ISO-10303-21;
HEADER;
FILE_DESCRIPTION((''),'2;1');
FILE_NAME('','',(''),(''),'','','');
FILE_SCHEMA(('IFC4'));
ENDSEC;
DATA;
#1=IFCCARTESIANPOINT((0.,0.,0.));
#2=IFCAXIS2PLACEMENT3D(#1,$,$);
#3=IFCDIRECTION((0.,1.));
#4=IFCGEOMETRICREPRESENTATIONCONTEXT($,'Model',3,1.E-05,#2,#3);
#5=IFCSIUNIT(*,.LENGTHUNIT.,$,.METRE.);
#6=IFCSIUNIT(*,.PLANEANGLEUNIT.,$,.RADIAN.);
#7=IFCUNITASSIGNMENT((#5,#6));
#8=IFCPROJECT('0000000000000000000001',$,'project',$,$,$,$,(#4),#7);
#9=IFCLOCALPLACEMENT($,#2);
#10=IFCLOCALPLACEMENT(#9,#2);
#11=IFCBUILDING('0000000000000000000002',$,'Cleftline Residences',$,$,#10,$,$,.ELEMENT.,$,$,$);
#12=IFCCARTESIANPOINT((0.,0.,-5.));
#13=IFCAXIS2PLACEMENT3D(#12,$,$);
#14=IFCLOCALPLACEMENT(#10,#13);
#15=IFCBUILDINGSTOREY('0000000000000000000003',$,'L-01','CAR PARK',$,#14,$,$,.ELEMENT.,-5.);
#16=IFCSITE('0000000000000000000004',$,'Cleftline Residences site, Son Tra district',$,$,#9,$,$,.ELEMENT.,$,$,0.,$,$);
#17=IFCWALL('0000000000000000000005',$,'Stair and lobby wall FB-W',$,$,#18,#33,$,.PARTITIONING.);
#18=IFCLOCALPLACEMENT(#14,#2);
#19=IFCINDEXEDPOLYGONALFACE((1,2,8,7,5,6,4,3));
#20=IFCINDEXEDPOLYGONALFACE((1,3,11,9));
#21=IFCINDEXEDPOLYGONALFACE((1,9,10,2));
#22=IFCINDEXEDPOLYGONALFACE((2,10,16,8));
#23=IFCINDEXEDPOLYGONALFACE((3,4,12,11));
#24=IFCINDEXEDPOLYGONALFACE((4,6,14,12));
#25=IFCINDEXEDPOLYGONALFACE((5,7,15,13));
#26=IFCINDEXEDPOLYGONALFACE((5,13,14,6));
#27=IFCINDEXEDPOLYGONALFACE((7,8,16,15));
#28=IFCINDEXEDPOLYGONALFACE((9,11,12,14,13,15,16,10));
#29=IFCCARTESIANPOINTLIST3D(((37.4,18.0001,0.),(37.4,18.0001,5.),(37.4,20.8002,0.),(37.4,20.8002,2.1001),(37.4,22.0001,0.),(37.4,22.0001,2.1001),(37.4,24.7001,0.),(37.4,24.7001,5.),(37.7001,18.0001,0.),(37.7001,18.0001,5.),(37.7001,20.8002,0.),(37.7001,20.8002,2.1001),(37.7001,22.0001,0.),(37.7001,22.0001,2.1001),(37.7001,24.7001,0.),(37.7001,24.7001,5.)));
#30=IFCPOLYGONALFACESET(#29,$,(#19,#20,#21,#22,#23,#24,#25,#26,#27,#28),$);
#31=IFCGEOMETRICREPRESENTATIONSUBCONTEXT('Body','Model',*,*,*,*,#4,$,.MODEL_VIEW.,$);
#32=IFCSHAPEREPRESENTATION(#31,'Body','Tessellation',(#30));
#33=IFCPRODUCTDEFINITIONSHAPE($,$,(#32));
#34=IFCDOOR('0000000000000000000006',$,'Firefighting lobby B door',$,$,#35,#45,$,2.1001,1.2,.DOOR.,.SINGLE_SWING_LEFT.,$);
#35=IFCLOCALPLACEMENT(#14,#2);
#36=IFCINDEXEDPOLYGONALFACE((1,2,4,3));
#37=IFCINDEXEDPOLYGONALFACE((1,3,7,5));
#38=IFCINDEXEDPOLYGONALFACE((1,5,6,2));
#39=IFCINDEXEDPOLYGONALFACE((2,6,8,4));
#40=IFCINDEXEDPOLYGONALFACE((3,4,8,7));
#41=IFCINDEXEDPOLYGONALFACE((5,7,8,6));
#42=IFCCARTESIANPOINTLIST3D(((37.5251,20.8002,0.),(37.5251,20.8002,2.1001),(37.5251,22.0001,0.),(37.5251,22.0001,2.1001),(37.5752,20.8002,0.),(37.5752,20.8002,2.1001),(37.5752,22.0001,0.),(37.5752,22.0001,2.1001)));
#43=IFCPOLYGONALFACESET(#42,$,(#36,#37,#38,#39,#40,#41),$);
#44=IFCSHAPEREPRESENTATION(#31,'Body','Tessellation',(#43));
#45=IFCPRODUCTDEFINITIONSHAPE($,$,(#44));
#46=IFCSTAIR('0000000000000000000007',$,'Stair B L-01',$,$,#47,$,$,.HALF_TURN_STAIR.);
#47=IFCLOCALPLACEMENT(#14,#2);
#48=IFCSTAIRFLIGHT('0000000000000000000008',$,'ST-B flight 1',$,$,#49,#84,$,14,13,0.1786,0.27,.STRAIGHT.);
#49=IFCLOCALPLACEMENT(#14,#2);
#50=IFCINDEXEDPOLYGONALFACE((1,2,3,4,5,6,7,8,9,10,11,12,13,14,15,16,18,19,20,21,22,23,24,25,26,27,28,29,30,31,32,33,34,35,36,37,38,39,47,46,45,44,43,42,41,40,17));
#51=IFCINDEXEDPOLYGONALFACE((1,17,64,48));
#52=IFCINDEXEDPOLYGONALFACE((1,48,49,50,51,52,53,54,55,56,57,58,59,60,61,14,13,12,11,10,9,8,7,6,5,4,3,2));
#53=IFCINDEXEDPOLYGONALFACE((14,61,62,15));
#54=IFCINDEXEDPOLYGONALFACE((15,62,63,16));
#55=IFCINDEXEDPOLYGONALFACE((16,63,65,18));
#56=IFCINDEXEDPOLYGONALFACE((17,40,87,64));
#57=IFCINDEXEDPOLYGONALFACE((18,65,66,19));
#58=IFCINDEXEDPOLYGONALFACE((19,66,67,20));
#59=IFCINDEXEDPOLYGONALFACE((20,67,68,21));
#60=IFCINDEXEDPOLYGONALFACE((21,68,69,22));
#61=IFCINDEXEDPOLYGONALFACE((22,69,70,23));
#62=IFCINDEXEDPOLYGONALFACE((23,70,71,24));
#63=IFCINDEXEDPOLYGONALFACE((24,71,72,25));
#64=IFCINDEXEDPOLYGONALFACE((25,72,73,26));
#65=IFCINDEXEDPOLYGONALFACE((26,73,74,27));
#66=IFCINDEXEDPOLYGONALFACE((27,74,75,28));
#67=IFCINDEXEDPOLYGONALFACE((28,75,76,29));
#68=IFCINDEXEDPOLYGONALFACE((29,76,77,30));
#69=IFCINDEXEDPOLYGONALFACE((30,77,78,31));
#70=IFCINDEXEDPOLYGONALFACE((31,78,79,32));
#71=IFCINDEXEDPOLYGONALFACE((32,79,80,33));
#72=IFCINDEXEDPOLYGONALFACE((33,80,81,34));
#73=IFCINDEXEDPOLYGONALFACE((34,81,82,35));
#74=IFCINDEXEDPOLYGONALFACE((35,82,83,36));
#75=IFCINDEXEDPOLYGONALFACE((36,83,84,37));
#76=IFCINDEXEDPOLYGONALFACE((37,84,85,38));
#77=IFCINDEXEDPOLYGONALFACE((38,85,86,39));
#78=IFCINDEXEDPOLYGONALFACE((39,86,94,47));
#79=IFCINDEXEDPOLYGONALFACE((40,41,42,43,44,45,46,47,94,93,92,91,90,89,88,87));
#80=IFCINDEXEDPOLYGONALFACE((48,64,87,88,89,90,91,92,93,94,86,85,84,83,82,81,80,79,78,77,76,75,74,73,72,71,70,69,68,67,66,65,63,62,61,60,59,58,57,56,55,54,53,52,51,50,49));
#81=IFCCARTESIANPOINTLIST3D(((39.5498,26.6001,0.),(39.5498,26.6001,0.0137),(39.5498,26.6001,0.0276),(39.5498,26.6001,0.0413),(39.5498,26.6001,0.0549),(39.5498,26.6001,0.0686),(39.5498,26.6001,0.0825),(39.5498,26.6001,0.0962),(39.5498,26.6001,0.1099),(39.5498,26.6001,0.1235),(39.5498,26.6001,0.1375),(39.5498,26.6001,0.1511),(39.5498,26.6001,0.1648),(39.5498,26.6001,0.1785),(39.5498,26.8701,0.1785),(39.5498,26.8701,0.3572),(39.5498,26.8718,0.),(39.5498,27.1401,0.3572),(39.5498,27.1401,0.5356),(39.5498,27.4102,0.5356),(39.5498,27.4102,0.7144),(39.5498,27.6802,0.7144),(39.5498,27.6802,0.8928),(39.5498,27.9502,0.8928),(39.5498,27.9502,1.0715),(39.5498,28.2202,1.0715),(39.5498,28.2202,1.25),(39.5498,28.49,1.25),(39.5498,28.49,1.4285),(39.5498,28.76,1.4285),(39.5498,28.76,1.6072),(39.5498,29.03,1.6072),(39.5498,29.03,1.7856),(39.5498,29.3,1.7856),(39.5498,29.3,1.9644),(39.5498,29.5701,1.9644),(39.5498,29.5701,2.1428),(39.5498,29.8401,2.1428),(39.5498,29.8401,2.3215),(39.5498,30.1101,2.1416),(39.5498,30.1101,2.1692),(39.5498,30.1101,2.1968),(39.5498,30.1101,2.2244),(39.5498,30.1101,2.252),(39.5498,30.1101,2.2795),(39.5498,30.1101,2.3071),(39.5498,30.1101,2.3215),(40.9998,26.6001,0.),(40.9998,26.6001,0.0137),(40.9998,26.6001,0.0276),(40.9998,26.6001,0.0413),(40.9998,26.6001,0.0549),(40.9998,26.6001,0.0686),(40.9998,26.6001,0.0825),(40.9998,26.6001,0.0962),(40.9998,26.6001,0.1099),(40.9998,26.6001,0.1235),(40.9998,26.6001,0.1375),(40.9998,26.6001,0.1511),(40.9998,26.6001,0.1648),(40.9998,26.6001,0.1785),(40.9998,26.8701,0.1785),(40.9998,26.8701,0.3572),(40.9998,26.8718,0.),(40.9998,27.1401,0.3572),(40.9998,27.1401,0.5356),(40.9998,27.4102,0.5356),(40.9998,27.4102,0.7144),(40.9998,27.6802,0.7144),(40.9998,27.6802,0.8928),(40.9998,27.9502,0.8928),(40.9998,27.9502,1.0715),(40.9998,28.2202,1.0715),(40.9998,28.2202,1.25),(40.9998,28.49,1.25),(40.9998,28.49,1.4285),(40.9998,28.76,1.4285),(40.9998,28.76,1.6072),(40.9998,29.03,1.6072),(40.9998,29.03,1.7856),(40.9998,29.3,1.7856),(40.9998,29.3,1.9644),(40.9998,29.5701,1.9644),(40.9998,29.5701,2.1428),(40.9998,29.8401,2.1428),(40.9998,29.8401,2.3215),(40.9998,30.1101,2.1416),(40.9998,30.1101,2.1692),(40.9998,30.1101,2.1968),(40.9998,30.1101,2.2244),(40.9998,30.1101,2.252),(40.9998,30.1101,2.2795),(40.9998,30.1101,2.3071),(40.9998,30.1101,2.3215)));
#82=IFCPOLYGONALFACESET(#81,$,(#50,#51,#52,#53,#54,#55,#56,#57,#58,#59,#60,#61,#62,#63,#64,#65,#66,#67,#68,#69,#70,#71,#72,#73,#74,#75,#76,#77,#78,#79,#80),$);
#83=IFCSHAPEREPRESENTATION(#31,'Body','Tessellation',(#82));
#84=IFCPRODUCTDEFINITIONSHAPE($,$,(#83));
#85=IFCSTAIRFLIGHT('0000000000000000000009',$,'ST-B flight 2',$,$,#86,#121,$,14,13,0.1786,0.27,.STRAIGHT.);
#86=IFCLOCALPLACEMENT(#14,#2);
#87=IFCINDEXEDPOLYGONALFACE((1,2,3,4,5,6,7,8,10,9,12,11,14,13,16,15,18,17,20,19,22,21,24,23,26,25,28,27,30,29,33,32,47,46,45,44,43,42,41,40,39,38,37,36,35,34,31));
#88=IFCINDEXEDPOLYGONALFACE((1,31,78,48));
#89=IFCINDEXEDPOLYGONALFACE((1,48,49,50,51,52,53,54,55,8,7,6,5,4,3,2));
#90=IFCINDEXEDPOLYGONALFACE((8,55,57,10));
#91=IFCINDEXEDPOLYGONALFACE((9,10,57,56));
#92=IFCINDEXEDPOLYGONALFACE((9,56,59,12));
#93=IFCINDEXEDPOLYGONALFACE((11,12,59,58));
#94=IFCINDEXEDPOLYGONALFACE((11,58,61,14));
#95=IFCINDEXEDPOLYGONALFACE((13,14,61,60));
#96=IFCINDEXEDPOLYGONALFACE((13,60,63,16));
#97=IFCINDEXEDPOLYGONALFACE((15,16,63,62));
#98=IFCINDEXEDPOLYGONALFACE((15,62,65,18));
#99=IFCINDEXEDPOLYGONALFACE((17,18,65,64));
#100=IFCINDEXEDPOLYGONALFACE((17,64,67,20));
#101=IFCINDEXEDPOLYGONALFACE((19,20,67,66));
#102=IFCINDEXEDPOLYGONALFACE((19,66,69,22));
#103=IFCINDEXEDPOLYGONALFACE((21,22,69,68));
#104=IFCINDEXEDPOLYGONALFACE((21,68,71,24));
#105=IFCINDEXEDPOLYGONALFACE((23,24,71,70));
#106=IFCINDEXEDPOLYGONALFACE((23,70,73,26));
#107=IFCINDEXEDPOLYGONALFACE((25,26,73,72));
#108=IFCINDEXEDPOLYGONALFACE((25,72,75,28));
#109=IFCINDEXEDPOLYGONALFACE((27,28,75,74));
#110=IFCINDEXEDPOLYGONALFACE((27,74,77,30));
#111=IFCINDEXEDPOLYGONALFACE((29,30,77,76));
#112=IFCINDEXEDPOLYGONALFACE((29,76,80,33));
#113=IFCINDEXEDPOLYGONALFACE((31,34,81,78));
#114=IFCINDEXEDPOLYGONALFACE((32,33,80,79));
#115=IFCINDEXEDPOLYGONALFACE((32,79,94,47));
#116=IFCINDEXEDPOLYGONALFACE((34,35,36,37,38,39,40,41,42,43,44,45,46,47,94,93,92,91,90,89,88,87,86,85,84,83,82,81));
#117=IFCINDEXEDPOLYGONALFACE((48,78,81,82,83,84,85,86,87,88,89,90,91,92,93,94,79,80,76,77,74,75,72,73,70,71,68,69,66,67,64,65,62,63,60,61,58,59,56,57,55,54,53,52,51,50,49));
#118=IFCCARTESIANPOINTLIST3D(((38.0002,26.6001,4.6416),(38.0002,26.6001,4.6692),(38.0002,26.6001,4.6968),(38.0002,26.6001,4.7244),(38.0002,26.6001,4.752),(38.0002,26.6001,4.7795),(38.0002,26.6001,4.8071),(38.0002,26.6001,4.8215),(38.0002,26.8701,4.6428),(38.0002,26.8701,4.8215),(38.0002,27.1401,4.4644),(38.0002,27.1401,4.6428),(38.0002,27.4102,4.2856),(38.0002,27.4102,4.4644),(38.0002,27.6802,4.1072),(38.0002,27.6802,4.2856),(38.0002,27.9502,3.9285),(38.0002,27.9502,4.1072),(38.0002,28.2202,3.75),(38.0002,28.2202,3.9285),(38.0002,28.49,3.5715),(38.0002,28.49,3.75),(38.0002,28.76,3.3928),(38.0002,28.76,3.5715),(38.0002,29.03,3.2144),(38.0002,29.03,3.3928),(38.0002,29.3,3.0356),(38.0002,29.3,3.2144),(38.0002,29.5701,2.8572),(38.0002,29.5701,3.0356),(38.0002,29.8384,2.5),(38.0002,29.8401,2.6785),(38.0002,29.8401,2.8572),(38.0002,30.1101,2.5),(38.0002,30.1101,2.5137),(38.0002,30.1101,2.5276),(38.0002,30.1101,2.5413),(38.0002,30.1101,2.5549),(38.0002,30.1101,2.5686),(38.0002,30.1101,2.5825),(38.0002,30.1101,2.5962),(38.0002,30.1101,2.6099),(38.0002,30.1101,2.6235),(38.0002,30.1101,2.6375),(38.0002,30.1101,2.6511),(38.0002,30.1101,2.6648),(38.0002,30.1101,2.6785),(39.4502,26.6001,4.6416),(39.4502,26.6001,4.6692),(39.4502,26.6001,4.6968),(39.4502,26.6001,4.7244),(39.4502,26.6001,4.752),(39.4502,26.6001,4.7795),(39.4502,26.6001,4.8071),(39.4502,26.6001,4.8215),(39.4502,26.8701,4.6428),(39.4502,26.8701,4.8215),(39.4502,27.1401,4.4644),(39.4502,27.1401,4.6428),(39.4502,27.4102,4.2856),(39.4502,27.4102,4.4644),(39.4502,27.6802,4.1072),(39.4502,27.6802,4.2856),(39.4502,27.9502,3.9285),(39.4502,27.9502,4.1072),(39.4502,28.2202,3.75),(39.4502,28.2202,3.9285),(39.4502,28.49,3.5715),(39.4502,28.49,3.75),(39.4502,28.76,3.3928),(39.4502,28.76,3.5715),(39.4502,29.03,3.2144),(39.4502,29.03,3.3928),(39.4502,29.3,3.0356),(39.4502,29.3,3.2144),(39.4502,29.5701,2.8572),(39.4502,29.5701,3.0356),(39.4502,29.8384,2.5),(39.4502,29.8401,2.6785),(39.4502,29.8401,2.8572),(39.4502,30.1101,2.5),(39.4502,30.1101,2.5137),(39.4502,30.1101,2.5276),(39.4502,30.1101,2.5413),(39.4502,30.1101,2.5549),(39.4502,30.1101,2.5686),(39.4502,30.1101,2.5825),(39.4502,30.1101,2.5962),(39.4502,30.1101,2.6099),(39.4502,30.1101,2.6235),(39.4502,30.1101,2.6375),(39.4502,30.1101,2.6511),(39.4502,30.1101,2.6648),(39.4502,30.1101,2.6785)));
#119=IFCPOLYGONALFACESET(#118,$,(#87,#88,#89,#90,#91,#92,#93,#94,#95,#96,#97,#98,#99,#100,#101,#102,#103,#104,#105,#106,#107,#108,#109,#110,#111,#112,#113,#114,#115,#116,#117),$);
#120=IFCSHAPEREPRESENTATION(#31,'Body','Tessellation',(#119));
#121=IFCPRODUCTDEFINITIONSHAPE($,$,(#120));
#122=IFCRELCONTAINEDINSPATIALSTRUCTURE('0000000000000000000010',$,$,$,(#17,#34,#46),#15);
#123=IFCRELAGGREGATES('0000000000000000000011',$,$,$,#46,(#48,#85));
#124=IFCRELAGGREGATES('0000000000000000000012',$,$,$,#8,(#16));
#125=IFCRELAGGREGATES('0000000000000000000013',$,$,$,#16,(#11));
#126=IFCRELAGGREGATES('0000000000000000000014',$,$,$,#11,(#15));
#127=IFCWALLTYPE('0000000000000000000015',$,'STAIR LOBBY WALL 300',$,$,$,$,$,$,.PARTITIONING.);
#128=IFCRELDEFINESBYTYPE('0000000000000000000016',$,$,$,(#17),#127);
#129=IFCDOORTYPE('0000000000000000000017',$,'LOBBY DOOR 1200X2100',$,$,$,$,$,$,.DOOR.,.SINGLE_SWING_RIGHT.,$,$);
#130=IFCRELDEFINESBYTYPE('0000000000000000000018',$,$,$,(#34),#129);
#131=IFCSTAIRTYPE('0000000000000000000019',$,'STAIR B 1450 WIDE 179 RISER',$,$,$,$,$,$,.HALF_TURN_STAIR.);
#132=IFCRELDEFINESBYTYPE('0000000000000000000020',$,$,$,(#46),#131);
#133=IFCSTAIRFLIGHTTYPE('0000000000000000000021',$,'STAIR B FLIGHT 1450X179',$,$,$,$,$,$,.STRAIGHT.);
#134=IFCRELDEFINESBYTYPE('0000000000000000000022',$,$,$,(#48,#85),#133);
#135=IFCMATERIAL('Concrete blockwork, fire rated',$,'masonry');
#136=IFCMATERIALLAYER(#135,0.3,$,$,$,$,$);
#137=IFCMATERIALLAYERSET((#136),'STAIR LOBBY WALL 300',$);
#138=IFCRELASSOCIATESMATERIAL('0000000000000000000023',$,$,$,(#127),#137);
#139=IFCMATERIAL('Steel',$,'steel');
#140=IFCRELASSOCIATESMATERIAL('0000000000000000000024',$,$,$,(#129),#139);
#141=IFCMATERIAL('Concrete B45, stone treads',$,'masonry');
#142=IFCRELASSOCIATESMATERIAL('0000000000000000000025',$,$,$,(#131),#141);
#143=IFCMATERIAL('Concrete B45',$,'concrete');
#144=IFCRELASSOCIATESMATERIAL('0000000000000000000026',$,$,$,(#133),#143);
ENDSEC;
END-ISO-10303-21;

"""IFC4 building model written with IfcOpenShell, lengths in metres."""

from ifc_helpers import new_model, si_unit, direction, frame, frame_2d, origin, place, context, subcontext, project, spatial, polyline, rectangle, outline, extrude, material, layer, layer_set, type_object, element, fill, aggregate, save


model = new_model("IFC4")

# Units and contexts
model_context = context("Model", 3, precision=1e-05, world=origin(), true_north=direction((0.0, 1.0)))
body_context = subcontext(model_context, "Body", "Model", "MODEL_VIEW")
ifc_project = project(units=[si_unit("LENGTHUNIT", "METRE"), si_unit("PLANEANGLEUNIT", "RADIAN")], contexts=[model_context])

# Site, building, storey
site_placement = place(None, origin())
site = spatial("IfcSite", under=ifc_project, at=site_placement, Name="Cleftline Residences site, Son Tra district", CompositionType="ELEMENT", RefElevation=0.0)
building_placement = place(site_placement, origin())
building = spatial("IfcBuilding", under=site, at=building_placement, Name="Cleftline Residences", CompositionType="ELEMENT")
storey_placement = place(building_placement, frame((0.0, 0.0, -5.0)))
storey = spatial("IfcBuildingStorey", under=building, at=storey_placement, Name="L-01", Description="CAR PARK", CompositionType="ELEMENT", Elevation=-5.0)

# Wall, opening, door
ifc_material_1 = material(Name="Concrete blockwork, fire rated", Category="masonry")
ifc_layer_1 = layer(ifc_material_1, 0.3)
ifc_layer_set_1 = layer_set([ifc_layer_1], Name="STAIR LOBBY WALL 300")
wall_type_1 = type_object("IfcWallType", Name="STAIR LOBBY WALL 300", PredefinedType="PARTITIONING", material=ifc_layer_set_1)
wall_1_placement = place(storey_placement, frame((37.55, 18.0, 0.0), z_axis=(0.0, 0.0, 1.0), x_axis=(0.0, 1.0, 0.0)))
wall_1 = element("IfcWall", 1, at=wall_1_placement, inside=storey, type_object=wall_type_1, Name="Stair and lobby wall FB-W", PredefinedType="PARTITIONING", context=body_context, shape_type="SweptSolid", body=[
    extrude(rectangle(XDim=6.7, YDim=0.3, at=frame_2d((3.3501, 0.0))), origin(), (0.0, 0.0, 1.0), 5.0),
])
opening_1_placement = place(wall_1_placement, frame((2.8, 0.0, 0.0)))
opening_1 = element("IfcOpeningElement", 2, at=opening_1_placement, cuts=wall_1, PredefinedType="OPENING", context=body_context, shape_type="SweptSolid", body=[
    extrude(rectangle(XDim=1.2, YDim=2.1001, at=frame_2d((0.6001, 1.05))), frame((0.0, 0.1599, 0.0), z_axis=(0.0, -1.0, 0.0), x_axis=(1.0, 0.0, 0.0)), (0.0, 0.0, 1.0), 0.3201),
])
ifc_material_2 = material(Name="Steel", Category="steel")
door_type_1 = type_object("IfcDoorType", Name="LOBBY DOOR 1200X2100", OperationType="SINGLE_SWING_RIGHT", PredefinedType="DOOR", material=ifc_material_2)
door_1_placement = place(opening_1_placement, origin())
door_1 = element("IfcDoor", 3, at=door_1_placement, inside=storey, type_object=door_type_1, Name="Firefighting lobby B door", OperationType="SINGLE_SWING_LEFT", OverallHeight=2.1001, OverallWidth=1.2, PredefinedType="DOOR", context=body_context, shape_type="SweptSolid", body=[
    extrude(rectangle(XDim=1.2, YDim=2.1001, at=frame_2d((0.6001, 1.05))), frame((0.0, 0.0249, 0.0), z_axis=(0.0, -1.0, 0.0), x_axis=(1.0, 0.0, 0.0)), (0.0, 0.0, 1.0), 0.05),
])
fill(opening_1, door_1)

# Stair, stair flights
ifc_material_3 = material(Name="Concrete B45, stone treads", Category="masonry")
stair_type = type_object("IfcStairType", Name="STAIR B 1450 WIDE 179 RISER", PredefinedType="HALF_TURN_STAIR", material=ifc_material_3)
stair_placement = place(storey_placement, origin())
stair = element("IfcStair", 4, at=stair_placement, inside=storey, type_object=stair_type, Name="Stair B L-01", PredefinedType="HALF_TURN_STAIR")
ifc_material_4 = material(Name="Concrete B45", Category="concrete")
stair_flight_type = type_object("IfcStairFlightType", Name="STAIR B FLIGHT 1450X179", PredefinedType="STRAIGHT", material=ifc_material_4)
stair_flight_1_placement = place(storey_placement, frame((40.2749, 26.6001, 0.0), z_axis=(0.0, 0.0, 1.0), x_axis=(0.0, 1.0, 0.0)))
stair_flight_1 = element("IfcStairFlight", 5, at=stair_flight_1_placement, type_object=stair_flight_type, Name="ST-B flight 1", NumberOfRisers=14, NumberOfTreads=13, PredefinedType="STRAIGHT", RiserHeight=0.1786, TreadLength=0.27, context=body_context, shape_type="SweptSolid", body=[
    extrude(outline(polyline([(0.0, 0.0), (0.0, 0.0137), (0.0, 0.0276), (0.0, 0.0413), (0.0, 0.0549), (0.0, 0.0686), (0.0, 0.0825), (0.0, 0.0962), (0.0, 0.1099), (0.0, 0.1235), (0.0, 0.1375), (0.0, 0.1511), (0.0, 0.1648), (0.0, 0.1785), (0.27, 0.1785), (0.27, 0.3572), (0.54, 0.3572), (0.54, 0.5356), (0.8101, 0.5356), (0.8101, 0.7144), (1.0801, 0.7144), (1.0801, 0.8928), (1.3501, 0.8928), (1.3501, 1.0715), (1.6201, 1.0715), (1.6201, 1.25), (1.8899, 1.25), (1.8899, 1.4285), (2.1599, 1.4285), (2.1599, 1.6072), (2.4299, 1.6072), (2.4299, 1.7856), (2.7, 1.7856), (2.7, 1.9644), (2.97, 1.9644), (2.97, 2.1428), (3.24, 2.1428), (3.24, 2.3215), (3.51, 2.3215), (3.51, 2.5), (3.51, 2.4724), (3.51, 2.4448), (3.51, 2.4172), (3.51, 2.3896), (3.51, 2.3623), (3.51, 2.3347), (3.51, 2.3071), (3.51, 2.2795), (3.51, 2.252), (3.51, 2.2244), (3.51, 2.1968), (3.51, 2.1692), (3.51, 2.1416), (0.2717, 0.0), (0.0, 0.0)])), frame((0.0, 0.7251, 0.0), z_axis=(0.0, -1.0, 0.0), x_axis=(1.0, 0.0, 0.0)), (0.0, 0.0, 1.0), 1.45),
])
stair_flight_2_placement = place(storey_placement, frame((38.7251, 30.1101, 2.5), z_axis=(0.0, 0.0, 1.0), x_axis=(0.0, -1.0, 0.0)))
stair_flight_2 = element("IfcStairFlight", 6, at=stair_flight_2_placement, type_object=stair_flight_type, Name="ST-B flight 2", NumberOfRisers=14, NumberOfTreads=13, PredefinedType="STRAIGHT", RiserHeight=0.1786, TreadLength=0.27, context=body_context, shape_type="SweptSolid", body=[
    extrude(outline(polyline([(0.0, 0.0), (0.0, 0.0137), (0.0, 0.0276), (0.0, 0.0413), (0.0, 0.0549), (0.0, 0.0686), (0.0, 0.0825), (0.0, 0.0962), (0.0, 0.1099), (0.0, 0.1235), (0.0, 0.1375), (0.0, 0.1511), (0.0, 0.1648), (0.0, 0.1785), (0.27, 0.1785), (0.27, 0.3572), (0.54, 0.3572), (0.54, 0.5356), (0.8101, 0.5356), (0.8101, 0.7144), (1.0801, 0.7144), (1.0801, 0.8928), (1.3501, 0.8928), (1.3501, 1.0715), (1.6201, 1.0715), (1.6201, 1.25), (1.8899, 1.25), (1.8899, 1.4285), (2.1599, 1.4285), (2.1599, 1.6072), (2.4299, 1.6072), (2.4299, 1.7856), (2.7, 1.7856), (2.7, 1.9644), (2.97, 1.9644), (2.97, 2.1428), (3.24, 2.1428), (3.24, 2.3215), (3.51, 2.3215), (3.51, 2.5), (3.51, 2.4724), (3.51, 2.4448), (3.51, 2.4172), (3.51, 2.3896), (3.51, 2.3623), (3.51, 2.3347), (3.51, 2.3071), (3.51, 2.2795), (3.51, 2.252), (3.51, 2.2244), (3.51, 2.1968), (3.51, 2.1692), (3.51, 2.1416), (0.2717, 0.0), (0.0, 0.0)])), frame((0.0, 0.7251, 0.0), z_axis=(0.0, -1.0, 0.0), x_axis=(1.0, 0.0, 0.0)), (0.0, 0.0, 1.0), 1.45),
])
aggregate(stair, [stair_flight_1, stair_flight_2])

save(model, "model.ifc")
